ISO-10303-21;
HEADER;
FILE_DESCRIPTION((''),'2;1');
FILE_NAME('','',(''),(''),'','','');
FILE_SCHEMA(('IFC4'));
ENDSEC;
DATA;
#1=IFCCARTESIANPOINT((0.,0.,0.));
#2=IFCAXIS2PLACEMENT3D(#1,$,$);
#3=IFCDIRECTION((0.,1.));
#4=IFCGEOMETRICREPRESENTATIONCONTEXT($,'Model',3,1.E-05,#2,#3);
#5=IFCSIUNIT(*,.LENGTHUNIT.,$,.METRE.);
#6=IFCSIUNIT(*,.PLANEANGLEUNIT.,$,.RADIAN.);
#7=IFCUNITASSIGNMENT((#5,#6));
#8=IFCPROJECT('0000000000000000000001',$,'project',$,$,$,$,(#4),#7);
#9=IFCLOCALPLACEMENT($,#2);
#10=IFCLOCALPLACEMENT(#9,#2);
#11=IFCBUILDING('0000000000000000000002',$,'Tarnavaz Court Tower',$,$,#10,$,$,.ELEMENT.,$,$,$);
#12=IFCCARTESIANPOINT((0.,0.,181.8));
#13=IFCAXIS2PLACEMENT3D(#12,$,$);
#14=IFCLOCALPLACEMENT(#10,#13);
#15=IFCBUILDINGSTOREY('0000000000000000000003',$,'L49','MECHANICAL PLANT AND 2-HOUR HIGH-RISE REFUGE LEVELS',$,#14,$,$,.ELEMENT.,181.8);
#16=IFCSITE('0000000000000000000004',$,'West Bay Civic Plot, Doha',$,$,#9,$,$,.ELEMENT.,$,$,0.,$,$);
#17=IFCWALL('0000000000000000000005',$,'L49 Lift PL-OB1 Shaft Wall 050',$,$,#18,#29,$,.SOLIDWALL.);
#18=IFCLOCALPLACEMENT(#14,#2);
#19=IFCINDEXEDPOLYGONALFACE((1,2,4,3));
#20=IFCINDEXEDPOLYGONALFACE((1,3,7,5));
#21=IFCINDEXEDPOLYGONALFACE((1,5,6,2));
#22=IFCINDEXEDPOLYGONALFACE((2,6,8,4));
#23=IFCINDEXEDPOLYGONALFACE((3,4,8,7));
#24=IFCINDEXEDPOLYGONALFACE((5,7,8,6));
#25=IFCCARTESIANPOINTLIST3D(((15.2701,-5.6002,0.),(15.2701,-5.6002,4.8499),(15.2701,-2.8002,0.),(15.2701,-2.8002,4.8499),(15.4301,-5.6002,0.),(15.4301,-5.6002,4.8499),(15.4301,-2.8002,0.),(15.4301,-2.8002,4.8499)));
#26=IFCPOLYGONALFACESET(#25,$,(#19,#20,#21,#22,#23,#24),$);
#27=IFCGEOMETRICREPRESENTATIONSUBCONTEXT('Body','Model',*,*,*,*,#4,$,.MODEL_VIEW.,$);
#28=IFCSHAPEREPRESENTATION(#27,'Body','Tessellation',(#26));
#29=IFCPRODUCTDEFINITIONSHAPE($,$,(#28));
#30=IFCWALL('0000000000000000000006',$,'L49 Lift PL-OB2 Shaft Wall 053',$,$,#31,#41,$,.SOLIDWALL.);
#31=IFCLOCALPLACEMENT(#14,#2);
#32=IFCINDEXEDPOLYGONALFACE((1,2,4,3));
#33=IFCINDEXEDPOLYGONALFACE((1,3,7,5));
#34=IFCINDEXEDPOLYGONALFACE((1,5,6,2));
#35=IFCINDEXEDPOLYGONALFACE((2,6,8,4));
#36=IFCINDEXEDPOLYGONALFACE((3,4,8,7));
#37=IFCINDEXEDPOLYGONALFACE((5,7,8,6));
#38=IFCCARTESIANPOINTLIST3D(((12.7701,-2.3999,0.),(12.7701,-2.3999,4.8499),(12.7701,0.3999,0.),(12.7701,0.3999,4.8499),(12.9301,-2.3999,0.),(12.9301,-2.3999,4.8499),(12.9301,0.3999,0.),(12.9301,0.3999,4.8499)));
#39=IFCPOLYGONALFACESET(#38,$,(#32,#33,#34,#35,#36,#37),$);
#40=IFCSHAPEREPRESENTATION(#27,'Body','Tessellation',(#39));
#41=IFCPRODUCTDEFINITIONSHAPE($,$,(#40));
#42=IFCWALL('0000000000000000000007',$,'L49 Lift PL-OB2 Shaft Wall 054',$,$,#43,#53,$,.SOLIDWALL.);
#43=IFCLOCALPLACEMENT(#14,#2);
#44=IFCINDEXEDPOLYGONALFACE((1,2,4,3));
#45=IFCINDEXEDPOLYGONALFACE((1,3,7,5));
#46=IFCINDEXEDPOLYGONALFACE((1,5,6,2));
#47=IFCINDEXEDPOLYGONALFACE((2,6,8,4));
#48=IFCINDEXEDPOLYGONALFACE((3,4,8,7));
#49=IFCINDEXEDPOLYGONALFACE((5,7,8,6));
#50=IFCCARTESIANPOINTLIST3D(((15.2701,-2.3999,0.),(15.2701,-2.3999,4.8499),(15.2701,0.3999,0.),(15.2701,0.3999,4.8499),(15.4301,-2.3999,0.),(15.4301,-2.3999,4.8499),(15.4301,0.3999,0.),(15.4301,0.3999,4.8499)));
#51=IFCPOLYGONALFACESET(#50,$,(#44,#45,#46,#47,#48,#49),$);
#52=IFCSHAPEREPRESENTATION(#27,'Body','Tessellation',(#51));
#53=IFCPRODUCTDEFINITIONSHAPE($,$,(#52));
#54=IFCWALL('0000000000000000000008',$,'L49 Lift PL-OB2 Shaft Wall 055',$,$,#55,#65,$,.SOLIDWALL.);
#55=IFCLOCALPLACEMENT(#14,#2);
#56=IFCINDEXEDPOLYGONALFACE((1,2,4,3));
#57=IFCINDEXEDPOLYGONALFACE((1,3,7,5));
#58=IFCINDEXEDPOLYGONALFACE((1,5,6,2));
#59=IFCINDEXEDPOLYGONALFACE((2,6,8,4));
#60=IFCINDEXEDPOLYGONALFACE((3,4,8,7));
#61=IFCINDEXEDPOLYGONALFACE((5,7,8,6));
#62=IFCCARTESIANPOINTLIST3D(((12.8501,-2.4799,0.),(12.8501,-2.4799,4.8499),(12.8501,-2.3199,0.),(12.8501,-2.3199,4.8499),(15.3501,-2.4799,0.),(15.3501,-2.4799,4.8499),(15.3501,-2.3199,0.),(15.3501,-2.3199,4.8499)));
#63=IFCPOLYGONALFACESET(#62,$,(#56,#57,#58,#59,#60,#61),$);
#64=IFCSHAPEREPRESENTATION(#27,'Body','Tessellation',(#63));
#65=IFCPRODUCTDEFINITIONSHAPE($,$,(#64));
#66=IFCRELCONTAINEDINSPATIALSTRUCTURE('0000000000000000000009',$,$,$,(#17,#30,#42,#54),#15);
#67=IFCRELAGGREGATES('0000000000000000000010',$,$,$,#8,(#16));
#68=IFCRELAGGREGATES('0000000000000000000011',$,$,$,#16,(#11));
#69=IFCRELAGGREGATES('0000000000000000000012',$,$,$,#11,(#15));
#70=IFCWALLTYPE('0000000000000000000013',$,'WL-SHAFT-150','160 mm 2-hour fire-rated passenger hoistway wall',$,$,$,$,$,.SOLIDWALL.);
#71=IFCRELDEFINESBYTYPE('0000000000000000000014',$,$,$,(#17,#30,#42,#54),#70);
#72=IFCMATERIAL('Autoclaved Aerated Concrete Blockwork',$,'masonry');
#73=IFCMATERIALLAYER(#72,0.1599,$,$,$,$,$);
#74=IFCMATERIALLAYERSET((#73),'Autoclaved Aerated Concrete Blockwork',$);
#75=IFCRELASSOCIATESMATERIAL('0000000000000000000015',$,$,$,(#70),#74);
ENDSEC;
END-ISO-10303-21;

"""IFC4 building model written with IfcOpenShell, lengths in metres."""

from ifc_helpers import new_model, si_unit, direction, frame, frame_2d, origin, place, context, subcontext, project, spatial, rectangle, extrude, material, layer, layer_set, type_object, element, save


model = new_model("IFC4")

# Units and contexts
model_context = context("Model", 3, precision=1e-05, world=origin(), true_north=direction((0.0, 1.0)))
body_context = subcontext(model_context, "Body", "Model", "MODEL_VIEW")
ifc_project = project(units=[si_unit("LENGTHUNIT", "METRE"), si_unit("PLANEANGLEUNIT", "RADIAN")], contexts=[model_context])

# Site, building, storey
site_placement = place(None, origin())
site = spatial("IfcSite", under=ifc_project, at=site_placement, Name="West Bay Civic Plot, Doha", CompositionType="ELEMENT", RefElevation=0.0)
building_placement = place(site_placement, origin())
building = spatial("IfcBuilding", under=site, at=building_placement, Name="Tarnavaz Court Tower", CompositionType="ELEMENT")
storey_placement = place(building_placement, frame((0.0, 0.0, 181.8)))
storey = spatial("IfcBuildingStorey", under=building, at=storey_placement, Name="L49", Description="MECHANICAL PLANT AND 2-HOUR HIGH-RISE REFUGE LEVELS", CompositionType="ELEMENT", Elevation=181.8)

# Walls
ifc_material_1 = material(Name="Autoclaved Aerated Concrete Blockwork", Category="masonry")
ifc_layer_1 = layer(ifc_material_1, 0.1599)
ifc_layer_set_1 = layer_set([ifc_layer_1], Name="Autoclaved Aerated Concrete Blockwork")
wall_type_1 = type_object("IfcWallType", Name="WL-SHAFT-150", Description="160 mm 2-hour fire-rated passenger hoistway wall", PredefinedType="SOLIDWALL", material=ifc_layer_set_1)
wall_1_placement = place(storey_placement, frame((15.3501, -5.6001, 0.0), z_axis=(0.0, 0.0, 1.0), x_axis=(0.0, 1.0, 0.0)))
element("IfcWall", 1, at=wall_1_placement, inside=storey, type_object=wall_type_1, Name="L49 Lift PL-OB1 Shaft Wall 050", PredefinedType="SOLIDWALL", context=body_context, shape_type="SweptSolid", body=[
    extrude(rectangle(XDim=2.8, YDim=0.1599, at=frame_2d((1.3999, 0.0))), origin(), (0.0, 0.0, 1.0), 4.8499),
])
for number, where, z_axis, x_axis, name in (
    (2, (12.8501, -2.3999, 0.0), (0.0, 0.0, 1.0), (0.0, 1.0, 0.0), "L49 Lift PL-OB2 Shaft Wall 053"),
    (3, (15.3501, -2.3999, 0.0), (0.0, 0.0, 1.0), (0.0, 1.0, 0.0), "L49 Lift PL-OB2 Shaft Wall 054"),
):
    element("IfcWall", number, at=place(storey_placement, frame(where, z_axis=z_axis, x_axis=x_axis)), inside=storey, type_object=wall_type_1, Name=name, PredefinedType="SOLIDWALL", context=body_context, shape_type="SweptSolid", body=[
        extrude(rectangle(XDim=2.7998, YDim=0.1599, at=frame_2d((1.3999, 0.0))), origin(), (0.0, 0.0, 1.0), 4.8499),
    ])
wall_2_placement = place(storey_placement, frame((12.8501, -2.3999, 0.0), z_axis=(0.0, 0.0, 1.0), x_axis=(1.0, 0.0, 0.0)))
element("IfcWall", 4, at=wall_2_placement, inside=storey, type_object=wall_type_1, Name="L49 Lift PL-OB2 Shaft Wall 055", PredefinedType="SOLIDWALL", context=body_context, shape_type="SweptSolid", body=[
    extrude(rectangle(XDim=2.5, YDim=0.1599, at=frame_2d((1.25, 0.0))), origin(), (0.0, 0.0, 1.0), 4.8499),
])

save(model, "model.ifc")
